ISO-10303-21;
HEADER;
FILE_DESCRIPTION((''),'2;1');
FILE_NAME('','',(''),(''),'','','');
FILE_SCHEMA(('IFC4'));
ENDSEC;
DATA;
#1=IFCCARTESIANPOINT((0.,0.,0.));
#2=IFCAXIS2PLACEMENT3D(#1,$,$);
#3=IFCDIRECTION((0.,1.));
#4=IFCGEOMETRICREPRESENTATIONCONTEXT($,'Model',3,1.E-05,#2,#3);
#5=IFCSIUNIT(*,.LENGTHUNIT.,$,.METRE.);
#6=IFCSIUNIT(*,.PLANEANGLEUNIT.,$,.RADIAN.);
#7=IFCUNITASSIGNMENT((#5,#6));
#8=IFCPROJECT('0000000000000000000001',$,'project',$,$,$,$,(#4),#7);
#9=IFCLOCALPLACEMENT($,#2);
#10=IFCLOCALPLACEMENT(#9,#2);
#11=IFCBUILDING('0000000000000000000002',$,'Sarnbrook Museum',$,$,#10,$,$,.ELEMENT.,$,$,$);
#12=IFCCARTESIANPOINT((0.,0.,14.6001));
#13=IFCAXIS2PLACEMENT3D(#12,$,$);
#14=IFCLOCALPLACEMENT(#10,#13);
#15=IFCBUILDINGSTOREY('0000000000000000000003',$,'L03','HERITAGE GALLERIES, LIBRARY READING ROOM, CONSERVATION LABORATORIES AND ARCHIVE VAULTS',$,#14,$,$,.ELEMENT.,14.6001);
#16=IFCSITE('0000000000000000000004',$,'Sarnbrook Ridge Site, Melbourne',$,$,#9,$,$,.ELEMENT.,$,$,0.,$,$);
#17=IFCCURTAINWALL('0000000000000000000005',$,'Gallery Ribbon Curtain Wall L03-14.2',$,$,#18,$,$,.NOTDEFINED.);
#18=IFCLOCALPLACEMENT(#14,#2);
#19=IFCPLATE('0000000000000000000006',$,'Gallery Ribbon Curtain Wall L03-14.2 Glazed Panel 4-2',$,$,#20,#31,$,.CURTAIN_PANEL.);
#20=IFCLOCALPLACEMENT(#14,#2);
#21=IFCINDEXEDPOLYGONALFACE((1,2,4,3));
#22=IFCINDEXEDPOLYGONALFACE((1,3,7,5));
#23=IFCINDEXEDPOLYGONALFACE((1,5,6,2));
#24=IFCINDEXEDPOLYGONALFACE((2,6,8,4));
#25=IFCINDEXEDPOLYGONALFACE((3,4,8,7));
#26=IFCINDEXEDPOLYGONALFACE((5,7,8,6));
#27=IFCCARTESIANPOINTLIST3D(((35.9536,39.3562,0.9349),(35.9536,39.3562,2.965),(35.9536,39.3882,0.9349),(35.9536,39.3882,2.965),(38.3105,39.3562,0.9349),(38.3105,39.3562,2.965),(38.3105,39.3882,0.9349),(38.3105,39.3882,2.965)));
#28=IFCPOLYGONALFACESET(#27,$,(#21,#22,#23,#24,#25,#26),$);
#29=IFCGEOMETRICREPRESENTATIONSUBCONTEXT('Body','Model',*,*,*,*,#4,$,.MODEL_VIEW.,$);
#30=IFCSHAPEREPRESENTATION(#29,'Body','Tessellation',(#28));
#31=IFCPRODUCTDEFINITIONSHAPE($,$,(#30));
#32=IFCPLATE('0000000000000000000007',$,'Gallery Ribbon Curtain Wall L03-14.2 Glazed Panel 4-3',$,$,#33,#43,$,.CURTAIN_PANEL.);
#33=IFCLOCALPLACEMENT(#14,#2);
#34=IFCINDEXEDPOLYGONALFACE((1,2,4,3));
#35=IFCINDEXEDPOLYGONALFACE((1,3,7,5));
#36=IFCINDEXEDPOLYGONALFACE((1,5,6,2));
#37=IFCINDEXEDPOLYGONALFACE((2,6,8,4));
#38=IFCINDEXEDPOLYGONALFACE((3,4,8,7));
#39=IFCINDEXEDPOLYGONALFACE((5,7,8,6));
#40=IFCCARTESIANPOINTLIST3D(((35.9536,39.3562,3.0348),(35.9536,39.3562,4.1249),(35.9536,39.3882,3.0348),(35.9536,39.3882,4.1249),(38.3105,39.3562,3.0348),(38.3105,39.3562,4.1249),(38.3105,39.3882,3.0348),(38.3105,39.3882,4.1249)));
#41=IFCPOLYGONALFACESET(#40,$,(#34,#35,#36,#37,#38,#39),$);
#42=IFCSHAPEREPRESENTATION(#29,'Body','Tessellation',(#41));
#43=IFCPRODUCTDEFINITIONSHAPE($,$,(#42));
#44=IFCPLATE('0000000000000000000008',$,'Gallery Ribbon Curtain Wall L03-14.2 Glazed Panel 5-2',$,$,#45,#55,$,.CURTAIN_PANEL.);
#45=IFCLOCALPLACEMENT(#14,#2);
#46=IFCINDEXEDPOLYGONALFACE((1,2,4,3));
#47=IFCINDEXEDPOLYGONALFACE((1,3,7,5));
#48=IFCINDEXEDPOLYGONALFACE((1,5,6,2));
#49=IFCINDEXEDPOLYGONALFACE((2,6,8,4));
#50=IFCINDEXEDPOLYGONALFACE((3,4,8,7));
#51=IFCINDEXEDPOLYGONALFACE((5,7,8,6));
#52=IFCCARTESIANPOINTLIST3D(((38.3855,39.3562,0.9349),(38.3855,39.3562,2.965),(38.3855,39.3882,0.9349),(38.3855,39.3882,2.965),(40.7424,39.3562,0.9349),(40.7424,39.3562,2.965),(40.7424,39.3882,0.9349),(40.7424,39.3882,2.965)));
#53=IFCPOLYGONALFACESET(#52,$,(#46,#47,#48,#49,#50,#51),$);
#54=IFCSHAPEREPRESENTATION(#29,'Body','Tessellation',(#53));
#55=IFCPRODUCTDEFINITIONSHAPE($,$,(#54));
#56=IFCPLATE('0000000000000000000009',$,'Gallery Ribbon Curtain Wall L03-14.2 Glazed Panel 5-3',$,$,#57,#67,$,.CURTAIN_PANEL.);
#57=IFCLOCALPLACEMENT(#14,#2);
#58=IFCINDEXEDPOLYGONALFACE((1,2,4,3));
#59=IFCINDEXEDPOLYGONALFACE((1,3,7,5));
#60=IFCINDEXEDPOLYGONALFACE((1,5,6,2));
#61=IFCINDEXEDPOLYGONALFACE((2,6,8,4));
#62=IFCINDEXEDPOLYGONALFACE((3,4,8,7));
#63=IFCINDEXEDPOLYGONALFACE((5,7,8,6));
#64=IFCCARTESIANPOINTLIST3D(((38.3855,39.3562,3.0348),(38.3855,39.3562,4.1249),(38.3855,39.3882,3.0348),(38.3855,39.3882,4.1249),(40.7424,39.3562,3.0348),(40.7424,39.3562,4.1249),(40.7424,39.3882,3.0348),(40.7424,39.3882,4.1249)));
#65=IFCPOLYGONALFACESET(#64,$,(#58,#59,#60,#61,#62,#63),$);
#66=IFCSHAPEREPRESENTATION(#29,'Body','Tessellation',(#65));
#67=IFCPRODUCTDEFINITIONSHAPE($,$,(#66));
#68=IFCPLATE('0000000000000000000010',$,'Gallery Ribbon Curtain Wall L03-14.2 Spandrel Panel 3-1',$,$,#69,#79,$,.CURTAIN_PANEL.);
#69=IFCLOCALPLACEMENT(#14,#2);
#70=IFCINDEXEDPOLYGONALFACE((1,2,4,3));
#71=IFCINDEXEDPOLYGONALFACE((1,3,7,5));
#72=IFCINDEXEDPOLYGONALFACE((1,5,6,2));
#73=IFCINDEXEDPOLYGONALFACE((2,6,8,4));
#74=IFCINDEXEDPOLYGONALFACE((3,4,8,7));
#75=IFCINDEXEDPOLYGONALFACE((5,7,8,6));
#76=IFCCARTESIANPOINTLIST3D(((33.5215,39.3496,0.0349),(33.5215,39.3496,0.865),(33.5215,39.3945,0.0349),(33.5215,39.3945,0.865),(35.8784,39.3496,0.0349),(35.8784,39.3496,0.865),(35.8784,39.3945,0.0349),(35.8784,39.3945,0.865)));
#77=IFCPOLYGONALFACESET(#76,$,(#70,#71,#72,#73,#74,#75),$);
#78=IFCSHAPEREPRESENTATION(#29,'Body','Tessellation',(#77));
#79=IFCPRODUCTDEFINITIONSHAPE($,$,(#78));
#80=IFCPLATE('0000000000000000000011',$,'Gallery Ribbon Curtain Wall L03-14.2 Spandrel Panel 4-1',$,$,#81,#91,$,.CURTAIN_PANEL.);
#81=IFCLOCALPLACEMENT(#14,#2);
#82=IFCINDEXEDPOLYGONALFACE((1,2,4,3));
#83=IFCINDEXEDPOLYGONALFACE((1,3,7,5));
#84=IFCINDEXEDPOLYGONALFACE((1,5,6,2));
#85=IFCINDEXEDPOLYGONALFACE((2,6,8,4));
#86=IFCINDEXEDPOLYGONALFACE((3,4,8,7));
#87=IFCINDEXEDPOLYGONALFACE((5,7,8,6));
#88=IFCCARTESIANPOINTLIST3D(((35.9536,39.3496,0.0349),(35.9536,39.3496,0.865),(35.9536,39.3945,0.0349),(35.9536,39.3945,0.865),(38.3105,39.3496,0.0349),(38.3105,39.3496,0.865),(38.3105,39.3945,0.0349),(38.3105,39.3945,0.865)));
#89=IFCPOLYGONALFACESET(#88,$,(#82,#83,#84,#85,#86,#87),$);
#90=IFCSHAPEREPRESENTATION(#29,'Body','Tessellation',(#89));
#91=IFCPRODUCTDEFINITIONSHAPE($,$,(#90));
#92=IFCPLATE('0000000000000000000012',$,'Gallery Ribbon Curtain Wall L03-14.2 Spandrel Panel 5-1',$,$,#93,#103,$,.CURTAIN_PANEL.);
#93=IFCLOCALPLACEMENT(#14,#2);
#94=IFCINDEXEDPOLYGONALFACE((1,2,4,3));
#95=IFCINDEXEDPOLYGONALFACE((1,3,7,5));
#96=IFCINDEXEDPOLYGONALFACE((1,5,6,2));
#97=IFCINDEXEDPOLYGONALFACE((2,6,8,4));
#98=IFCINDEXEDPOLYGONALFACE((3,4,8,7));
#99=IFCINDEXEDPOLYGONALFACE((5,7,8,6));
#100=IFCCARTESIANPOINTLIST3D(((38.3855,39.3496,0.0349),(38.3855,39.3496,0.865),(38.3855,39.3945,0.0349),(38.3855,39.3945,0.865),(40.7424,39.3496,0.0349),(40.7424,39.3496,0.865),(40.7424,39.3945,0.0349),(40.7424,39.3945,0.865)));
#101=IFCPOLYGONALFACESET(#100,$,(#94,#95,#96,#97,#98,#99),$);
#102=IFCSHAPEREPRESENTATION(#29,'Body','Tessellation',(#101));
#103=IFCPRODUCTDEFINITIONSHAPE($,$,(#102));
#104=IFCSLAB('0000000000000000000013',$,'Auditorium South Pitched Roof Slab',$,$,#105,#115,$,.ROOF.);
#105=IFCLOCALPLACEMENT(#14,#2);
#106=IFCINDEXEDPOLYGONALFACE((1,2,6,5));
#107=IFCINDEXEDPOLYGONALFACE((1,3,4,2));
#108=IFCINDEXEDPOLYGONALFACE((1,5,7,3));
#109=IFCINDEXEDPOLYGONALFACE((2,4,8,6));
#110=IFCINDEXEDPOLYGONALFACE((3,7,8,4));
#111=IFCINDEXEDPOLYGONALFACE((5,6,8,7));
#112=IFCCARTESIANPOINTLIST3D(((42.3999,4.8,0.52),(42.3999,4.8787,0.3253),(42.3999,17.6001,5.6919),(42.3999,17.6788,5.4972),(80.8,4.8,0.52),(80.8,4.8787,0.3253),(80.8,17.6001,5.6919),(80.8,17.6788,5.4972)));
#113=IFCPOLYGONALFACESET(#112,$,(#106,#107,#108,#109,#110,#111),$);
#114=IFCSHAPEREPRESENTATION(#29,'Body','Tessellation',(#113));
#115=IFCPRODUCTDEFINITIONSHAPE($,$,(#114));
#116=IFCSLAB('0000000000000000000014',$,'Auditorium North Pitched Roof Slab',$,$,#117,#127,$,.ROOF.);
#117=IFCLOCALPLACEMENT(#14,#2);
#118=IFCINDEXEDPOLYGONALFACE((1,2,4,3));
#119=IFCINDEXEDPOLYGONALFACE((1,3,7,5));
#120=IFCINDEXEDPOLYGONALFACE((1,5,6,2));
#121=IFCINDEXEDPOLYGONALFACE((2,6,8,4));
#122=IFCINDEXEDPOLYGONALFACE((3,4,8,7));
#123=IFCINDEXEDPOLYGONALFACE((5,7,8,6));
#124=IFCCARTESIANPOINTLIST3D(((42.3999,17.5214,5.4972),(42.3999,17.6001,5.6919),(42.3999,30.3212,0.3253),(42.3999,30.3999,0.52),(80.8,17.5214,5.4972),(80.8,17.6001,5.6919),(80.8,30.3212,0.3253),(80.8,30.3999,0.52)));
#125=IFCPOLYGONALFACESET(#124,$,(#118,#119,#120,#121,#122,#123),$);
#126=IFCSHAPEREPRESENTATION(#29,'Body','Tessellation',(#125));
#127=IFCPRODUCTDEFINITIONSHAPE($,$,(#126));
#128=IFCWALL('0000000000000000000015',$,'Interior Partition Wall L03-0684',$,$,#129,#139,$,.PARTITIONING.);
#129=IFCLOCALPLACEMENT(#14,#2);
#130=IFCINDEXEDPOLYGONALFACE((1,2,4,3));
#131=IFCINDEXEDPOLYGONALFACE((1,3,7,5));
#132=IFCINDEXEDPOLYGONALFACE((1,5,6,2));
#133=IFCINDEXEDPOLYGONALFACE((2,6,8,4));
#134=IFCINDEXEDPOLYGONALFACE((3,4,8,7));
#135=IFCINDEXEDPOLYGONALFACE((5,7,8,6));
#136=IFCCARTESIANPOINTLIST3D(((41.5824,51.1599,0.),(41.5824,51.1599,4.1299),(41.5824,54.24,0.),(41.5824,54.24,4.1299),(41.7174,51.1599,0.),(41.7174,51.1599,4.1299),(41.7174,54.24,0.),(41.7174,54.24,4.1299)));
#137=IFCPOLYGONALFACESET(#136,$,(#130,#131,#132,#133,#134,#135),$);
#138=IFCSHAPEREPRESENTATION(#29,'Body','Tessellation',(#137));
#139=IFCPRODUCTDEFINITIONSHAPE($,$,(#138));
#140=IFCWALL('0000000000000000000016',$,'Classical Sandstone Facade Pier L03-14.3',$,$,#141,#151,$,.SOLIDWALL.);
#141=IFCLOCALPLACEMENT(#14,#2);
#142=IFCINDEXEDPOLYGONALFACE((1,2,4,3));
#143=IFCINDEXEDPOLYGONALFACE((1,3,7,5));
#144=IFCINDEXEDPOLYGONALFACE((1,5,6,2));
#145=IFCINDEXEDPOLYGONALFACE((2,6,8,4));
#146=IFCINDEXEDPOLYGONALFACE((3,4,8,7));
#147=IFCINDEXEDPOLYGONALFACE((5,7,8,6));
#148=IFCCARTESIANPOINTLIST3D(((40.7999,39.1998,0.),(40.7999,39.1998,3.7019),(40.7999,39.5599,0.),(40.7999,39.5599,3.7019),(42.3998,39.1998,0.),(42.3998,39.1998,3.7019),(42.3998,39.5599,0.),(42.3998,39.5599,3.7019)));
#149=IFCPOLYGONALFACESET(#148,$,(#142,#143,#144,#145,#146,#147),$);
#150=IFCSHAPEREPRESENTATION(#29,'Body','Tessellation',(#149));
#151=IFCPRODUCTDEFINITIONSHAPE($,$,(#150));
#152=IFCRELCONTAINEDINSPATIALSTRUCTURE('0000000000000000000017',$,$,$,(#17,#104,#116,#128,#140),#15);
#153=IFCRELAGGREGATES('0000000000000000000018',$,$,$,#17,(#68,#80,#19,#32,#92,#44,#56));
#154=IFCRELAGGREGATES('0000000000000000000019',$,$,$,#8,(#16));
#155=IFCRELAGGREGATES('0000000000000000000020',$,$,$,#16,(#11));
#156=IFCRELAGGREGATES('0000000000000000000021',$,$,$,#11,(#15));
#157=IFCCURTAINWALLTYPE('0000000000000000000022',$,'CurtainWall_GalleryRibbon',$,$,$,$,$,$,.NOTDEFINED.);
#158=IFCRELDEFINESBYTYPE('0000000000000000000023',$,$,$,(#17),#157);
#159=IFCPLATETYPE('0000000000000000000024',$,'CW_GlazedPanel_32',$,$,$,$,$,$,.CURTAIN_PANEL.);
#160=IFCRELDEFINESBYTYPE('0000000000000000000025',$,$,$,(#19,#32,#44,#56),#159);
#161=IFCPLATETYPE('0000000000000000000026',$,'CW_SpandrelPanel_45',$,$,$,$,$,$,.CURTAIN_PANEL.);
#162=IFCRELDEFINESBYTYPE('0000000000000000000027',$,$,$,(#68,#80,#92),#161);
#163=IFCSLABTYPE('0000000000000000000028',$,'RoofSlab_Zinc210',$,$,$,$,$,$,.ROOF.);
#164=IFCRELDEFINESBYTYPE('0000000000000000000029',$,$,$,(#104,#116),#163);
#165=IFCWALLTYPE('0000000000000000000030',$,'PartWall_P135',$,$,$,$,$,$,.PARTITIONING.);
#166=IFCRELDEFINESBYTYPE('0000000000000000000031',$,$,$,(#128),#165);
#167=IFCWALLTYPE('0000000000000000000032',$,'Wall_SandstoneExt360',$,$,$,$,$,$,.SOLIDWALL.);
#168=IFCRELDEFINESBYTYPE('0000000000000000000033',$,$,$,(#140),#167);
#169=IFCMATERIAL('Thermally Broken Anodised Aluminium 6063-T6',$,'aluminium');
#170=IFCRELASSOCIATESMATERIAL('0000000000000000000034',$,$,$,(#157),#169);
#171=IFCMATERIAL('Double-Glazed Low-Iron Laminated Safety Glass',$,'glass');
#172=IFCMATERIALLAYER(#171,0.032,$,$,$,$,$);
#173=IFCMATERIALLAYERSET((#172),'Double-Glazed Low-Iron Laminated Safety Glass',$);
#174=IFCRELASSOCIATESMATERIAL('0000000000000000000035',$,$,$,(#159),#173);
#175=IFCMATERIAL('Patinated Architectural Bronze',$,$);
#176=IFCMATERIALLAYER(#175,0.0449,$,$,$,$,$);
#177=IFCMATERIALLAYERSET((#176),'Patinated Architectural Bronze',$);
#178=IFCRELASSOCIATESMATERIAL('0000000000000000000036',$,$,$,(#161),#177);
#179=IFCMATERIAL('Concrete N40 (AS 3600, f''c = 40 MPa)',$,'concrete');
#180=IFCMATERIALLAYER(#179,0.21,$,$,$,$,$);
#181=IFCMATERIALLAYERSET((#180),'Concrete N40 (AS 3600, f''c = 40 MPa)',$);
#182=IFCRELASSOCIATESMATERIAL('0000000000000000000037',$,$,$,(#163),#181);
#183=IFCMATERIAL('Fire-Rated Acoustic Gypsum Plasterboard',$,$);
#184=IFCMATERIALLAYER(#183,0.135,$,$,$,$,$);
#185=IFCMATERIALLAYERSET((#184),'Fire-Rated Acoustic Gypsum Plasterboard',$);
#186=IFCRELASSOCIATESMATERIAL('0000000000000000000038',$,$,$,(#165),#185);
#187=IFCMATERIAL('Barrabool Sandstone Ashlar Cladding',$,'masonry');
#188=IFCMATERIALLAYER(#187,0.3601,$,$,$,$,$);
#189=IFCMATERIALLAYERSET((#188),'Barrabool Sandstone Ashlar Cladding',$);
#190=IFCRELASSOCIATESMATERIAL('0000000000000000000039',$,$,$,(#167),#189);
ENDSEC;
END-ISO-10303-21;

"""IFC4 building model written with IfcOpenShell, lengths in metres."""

from ifc_helpers import new_model, si_unit, direction, frame, frame_2d, origin, origin_2d, place, context, subcontext, project, spatial, polyline, rectangle, outline, extrude, material, layer, layer_set, type_object, element, aggregate, save


model = new_model("IFC4")

# Units and contexts
model_context = context("Model", 3, precision=1e-05, world=origin(), true_north=direction((0.0, 1.0)))
body_context = subcontext(model_context, "Body", "Model", "MODEL_VIEW")
ifc_project = project(units=[si_unit("LENGTHUNIT", "METRE"), si_unit("PLANEANGLEUNIT", "RADIAN")], contexts=[model_context])

# Site, building, storey
site_placement = place(None, origin())
site = spatial("IfcSite", under=ifc_project, at=site_placement, Name="Sarnbrook Ridge Site, Melbourne", CompositionType="ELEMENT", RefElevation=0.0)
building_placement = place(site_placement, origin())
building = spatial("IfcBuilding", under=site, at=building_placement, Name="Sarnbrook Museum", CompositionType="ELEMENT")
storey_placement = place(building_placement, frame((0.0, 0.0, 14.6001)))
storey = spatial("IfcBuildingStorey", under=building, at=storey_placement, Name="L03", Description="HERITAGE GALLERIES, LIBRARY READING ROOM, CONSERVATION LABORATORIES AND ARCHIVE VAULTS", CompositionType="ELEMENT", Elevation=14.6001)

# Curtain wall
ifc_material_1 = material(Name="Thermally Broken Anodised Aluminium 6063-T6", Category="aluminium")
curtain_wall_type = type_object("IfcCurtainWallType", Name="CurtainWall_GalleryRibbon", PredefinedType="NOTDEFINED", material=ifc_material_1)
curtain_wall_placement = place(storey_placement, origin())
curtain_wall = element("IfcCurtainWall", 1, at=curtain_wall_placement, inside=storey, type_object=curtain_wall_type, Name="Gallery Ribbon Curtain Wall L03-14.2", PredefinedType="NOTDEFINED")

# Plates
ifc_material_2 = material(Name="Double-Glazed Low-Iron Laminated Safety Glass", Category="glass")
ifc_layer_1 = layer(ifc_material_2, 0.032)
ifc_layer_set_1 = layer_set([ifc_layer_1], Name="Double-Glazed Low-Iron Laminated Safety Glass")
plate_type_1 = type_object("IfcPlateType", Name="CW_GlazedPanel_32", PredefinedType="CURTAIN_PANEL", material=ifc_layer_set_1)
plate_1_placement = place(storey_placement, frame((37.1321, 39.3882, 1.95), z_axis=(0.0, -1.0, 0.0), x_axis=(1.0, 0.0, 0.0)))
plate_1 = element("IfcPlate", 2, at=plate_1_placement, type_object=plate_type_1, Name="Gallery Ribbon Curtain Wall L03-14.2 Glazed Panel 4-2", PredefinedType="CURTAIN_PANEL", context=body_context, shape_type="SweptSolid", body=[
    extrude(rectangle(XDim=2.3569, YDim=2.03, at=origin_2d()), origin(), (0.0, 0.0, 1.0), 0.032),
])
plate_2_placement = place(storey_placement, frame((37.1321, 39.3882, 3.5798), z_axis=(0.0, -1.0, 0.0), x_axis=(1.0, 0.0, 0.0)))
plate_2 = element("IfcPlate", 3, at=plate_2_placement, type_object=plate_type_1, Name="Gallery Ribbon Curtain Wall L03-14.2 Glazed Panel 4-3", PredefinedType="CURTAIN_PANEL", context=body_context, shape_type="SweptSolid", body=[
    extrude(rectangle(XDim=2.3569, YDim=1.0901, at=origin_2d()), origin(), (0.0, 0.0, 1.0), 0.032),
])
plate_3_placement = place(storey_placement, frame((39.564, 39.3882, 1.95), z_axis=(0.0, -1.0, 0.0), x_axis=(1.0, 0.0, 0.0)))
plate_3 = element("IfcPlate", 4, at=plate_3_placement, type_object=plate_type_1, Name="Gallery Ribbon Curtain Wall L03-14.2 Glazed Panel 5-2", PredefinedType="CURTAIN_PANEL", context=body_context, shape_type="SweptSolid", body=[
    extrude(rectangle(XDim=2.3569, YDim=2.03, at=origin_2d()), origin(), (0.0, 0.0, 1.0), 0.032),
])
plate_4_placement = place(storey_placement, frame((39.564, 39.3882, 3.5798), z_axis=(0.0, -1.0, 0.0), x_axis=(1.0, 0.0, 0.0)))
plate_4 = element("IfcPlate", 5, at=plate_4_placement, type_object=plate_type_1, Name="Gallery Ribbon Curtain Wall L03-14.2 Glazed Panel 5-3", PredefinedType="CURTAIN_PANEL", context=body_context, shape_type="SweptSolid", body=[
    extrude(rectangle(XDim=2.3569, YDim=1.0901, at=origin_2d()), origin(), (0.0, 0.0, 1.0), 0.032),
])
ifc_material_3 = material(Name="Patinated Architectural Bronze")
ifc_layer_2 = layer(ifc_material_3, 0.0449)
ifc_layer_set_2 = layer_set([ifc_layer_2], Name="Patinated Architectural Bronze")
plate_type_2 = type_object("IfcPlateType", Name="CW_SpandrelPanel_45", PredefinedType="CURTAIN_PANEL", material=ifc_layer_set_2)
plate_5_placement = place(storey_placement, frame((34.7, 39.3945, 0.45), z_axis=(0.0, -1.0, 0.0), x_axis=(1.0, 0.0, 0.0)))
plate_5 = element("IfcPlate", 6, at=plate_5_placement, type_object=plate_type_2, Name="Gallery Ribbon Curtain Wall L03-14.2 Spandrel Panel 3-1", PredefinedType="CURTAIN_PANEL", context=body_context, shape_type="SweptSolid", body=[
    extrude(rectangle(XDim=2.3569, YDim=0.8301, at=origin_2d()), origin(), (0.0, 0.0, 1.0), 0.0449),
])
plate_6_placement = place(storey_placement, frame((37.1321, 39.3945, 0.45), z_axis=(0.0, -1.0, 0.0), x_axis=(1.0, 0.0, 0.0)))
plate_6 = element("IfcPlate", 7, at=plate_6_placement, type_object=plate_type_2, Name="Gallery Ribbon Curtain Wall L03-14.2 Spandrel Panel 4-1", PredefinedType="CURTAIN_PANEL", context=body_context, shape_type="SweptSolid", body=[
    extrude(rectangle(XDim=2.3569, YDim=0.8301, at=origin_2d()), origin(), (0.0, 0.0, 1.0), 0.0449),
])
plate_7_placement = place(storey_placement, frame((39.564, 39.3945, 0.45), z_axis=(0.0, -1.0, 0.0), x_axis=(1.0, 0.0, 0.0)))
plate_7 = element("IfcPlate", 8, at=plate_7_placement, type_object=plate_type_2, Name="Gallery Ribbon Curtain Wall L03-14.2 Spandrel Panel 5-1", PredefinedType="CURTAIN_PANEL", context=body_context, shape_type="SweptSolid", body=[
    extrude(rectangle(XDim=2.3569, YDim=0.8301, at=origin_2d()), origin(), (0.0, 0.0, 1.0), 0.0449),
])
aggregate(curtain_wall, [plate_5, plate_6, plate_1, plate_2, plate_7, plate_3, plate_4])

# Slabs
ifc_material_4 = material(Name="Concrete N40 (AS 3600, f'c = 40 MPa)", Category="concrete")
ifc_layer_3 = layer(ifc_material_4, 0.21)
ifc_layer_set_3 = layer_set([ifc_layer_3], Name="Concrete N40 (AS 3600, f'c = 40 MPa)")
slab_type = type_object("IfcSlabType", Name="RoofSlab_Zinc210", PredefinedType="ROOF", material=ifc_layer_set_3)
slab_1_placement = place(storey_placement, frame((42.3999, 4.8, 0.52), z_axis=(0.0, -0.374626, 0.927176), x_axis=(1.0, 0.0, 0.0)))
element("IfcSlab", 9, at=slab_1_placement, inside=storey, type_object=slab_type, Name="Auditorium South Pitched Roof Slab", PredefinedType="ROOF", context=body_context, shape_type="SweptSolid", body=[
    extrude(outline(polyline([(0.0, 0.0), (38.4001, 0.0), (38.4001, 13.8054), (0.0, 13.8054), (0.0, 0.0)])), origin(), (0.0, 0.0, -1.0), 0.21),
])
slab_2_placement = place(storey_placement, frame((42.3999, 17.6001, 5.6919), z_axis=(0.0, 0.374633, 0.927173), x_axis=(1.0, 0.0, 0.0)))
element("IfcSlab", 10, at=slab_2_placement, inside=storey, type_object=slab_type, Name="Auditorium North Pitched Roof Slab", PredefinedType="ROOF", context=body_context, shape_type="SweptSolid", body=[
    extrude(outline(polyline([(0.0, 0.0), (38.4001, 0.0), (38.4001, 13.8052), (0.0, 13.8052), (0.0, 0.0)])), origin(), (0.0, 0.0, -1.0), 0.21),
])

# Walls
ifc_material_5 = material(Name="Fire-Rated Acoustic Gypsum Plasterboard")
ifc_layer_4 = layer(ifc_material_5, 0.135)
ifc_layer_set_4 = layer_set([ifc_layer_4], Name="Fire-Rated Acoustic Gypsum Plasterboard")
wall_type_1 = type_object("IfcWallType", Name="PartWall_P135", PredefinedType="PARTITIONING", material=ifc_layer_set_4)
wall_1_placement = place(storey_placement, frame((41.6499, 51.1599, 0.0), z_axis=(0.0, 0.0, 1.0), x_axis=(0.0, 1.0, 0.0)))
element("IfcWall", 11, at=wall_1_placement, inside=storey, type_object=wall_type_1, Name="Interior Partition Wall L03-0684", PredefinedType="PARTITIONING", context=body_context, shape_type="SweptSolid", body=[
    extrude(rectangle(XDim=3.0801, YDim=0.135, at=frame_2d((1.54, 0.0))), origin(), (0.0, 0.0, 1.0), 4.1299),
])
ifc_material_6 = material(Name="Barrabool Sandstone Ashlar Cladding", Category="masonry")
ifc_layer_5 = layer(ifc_material_6, 0.3601)
ifc_layer_set_5 = layer_set([ifc_layer_5], Name="Barrabool Sandstone Ashlar Cladding")
wall_type_2 = type_object("IfcWallType", Name="Wall_SandstoneExt360", PredefinedType="SOLIDWALL", material=ifc_layer_set_5)
wall_2_placement = place(storey_placement, frame((40.8, 39.3799, 0.0), z_axis=(0.0, 0.0, 1.0), x_axis=(1.0, 0.0, 0.0)))
element("IfcWall", 12, at=wall_2_placement, inside=storey, type_object=wall_type_2, Name="Classical Sandstone Facade Pier L03-14.3", PredefinedType="SOLIDWALL", context=body_context, shape_type="SweptSolid", body=[
    extrude(rectangle(XDim=1.5999, YDim=0.3601, at=frame_2d((0.7998, 0.0))), origin(), (0.0, 0.0, 1.0), 3.7019),
])

save(model, "model.ifc")
